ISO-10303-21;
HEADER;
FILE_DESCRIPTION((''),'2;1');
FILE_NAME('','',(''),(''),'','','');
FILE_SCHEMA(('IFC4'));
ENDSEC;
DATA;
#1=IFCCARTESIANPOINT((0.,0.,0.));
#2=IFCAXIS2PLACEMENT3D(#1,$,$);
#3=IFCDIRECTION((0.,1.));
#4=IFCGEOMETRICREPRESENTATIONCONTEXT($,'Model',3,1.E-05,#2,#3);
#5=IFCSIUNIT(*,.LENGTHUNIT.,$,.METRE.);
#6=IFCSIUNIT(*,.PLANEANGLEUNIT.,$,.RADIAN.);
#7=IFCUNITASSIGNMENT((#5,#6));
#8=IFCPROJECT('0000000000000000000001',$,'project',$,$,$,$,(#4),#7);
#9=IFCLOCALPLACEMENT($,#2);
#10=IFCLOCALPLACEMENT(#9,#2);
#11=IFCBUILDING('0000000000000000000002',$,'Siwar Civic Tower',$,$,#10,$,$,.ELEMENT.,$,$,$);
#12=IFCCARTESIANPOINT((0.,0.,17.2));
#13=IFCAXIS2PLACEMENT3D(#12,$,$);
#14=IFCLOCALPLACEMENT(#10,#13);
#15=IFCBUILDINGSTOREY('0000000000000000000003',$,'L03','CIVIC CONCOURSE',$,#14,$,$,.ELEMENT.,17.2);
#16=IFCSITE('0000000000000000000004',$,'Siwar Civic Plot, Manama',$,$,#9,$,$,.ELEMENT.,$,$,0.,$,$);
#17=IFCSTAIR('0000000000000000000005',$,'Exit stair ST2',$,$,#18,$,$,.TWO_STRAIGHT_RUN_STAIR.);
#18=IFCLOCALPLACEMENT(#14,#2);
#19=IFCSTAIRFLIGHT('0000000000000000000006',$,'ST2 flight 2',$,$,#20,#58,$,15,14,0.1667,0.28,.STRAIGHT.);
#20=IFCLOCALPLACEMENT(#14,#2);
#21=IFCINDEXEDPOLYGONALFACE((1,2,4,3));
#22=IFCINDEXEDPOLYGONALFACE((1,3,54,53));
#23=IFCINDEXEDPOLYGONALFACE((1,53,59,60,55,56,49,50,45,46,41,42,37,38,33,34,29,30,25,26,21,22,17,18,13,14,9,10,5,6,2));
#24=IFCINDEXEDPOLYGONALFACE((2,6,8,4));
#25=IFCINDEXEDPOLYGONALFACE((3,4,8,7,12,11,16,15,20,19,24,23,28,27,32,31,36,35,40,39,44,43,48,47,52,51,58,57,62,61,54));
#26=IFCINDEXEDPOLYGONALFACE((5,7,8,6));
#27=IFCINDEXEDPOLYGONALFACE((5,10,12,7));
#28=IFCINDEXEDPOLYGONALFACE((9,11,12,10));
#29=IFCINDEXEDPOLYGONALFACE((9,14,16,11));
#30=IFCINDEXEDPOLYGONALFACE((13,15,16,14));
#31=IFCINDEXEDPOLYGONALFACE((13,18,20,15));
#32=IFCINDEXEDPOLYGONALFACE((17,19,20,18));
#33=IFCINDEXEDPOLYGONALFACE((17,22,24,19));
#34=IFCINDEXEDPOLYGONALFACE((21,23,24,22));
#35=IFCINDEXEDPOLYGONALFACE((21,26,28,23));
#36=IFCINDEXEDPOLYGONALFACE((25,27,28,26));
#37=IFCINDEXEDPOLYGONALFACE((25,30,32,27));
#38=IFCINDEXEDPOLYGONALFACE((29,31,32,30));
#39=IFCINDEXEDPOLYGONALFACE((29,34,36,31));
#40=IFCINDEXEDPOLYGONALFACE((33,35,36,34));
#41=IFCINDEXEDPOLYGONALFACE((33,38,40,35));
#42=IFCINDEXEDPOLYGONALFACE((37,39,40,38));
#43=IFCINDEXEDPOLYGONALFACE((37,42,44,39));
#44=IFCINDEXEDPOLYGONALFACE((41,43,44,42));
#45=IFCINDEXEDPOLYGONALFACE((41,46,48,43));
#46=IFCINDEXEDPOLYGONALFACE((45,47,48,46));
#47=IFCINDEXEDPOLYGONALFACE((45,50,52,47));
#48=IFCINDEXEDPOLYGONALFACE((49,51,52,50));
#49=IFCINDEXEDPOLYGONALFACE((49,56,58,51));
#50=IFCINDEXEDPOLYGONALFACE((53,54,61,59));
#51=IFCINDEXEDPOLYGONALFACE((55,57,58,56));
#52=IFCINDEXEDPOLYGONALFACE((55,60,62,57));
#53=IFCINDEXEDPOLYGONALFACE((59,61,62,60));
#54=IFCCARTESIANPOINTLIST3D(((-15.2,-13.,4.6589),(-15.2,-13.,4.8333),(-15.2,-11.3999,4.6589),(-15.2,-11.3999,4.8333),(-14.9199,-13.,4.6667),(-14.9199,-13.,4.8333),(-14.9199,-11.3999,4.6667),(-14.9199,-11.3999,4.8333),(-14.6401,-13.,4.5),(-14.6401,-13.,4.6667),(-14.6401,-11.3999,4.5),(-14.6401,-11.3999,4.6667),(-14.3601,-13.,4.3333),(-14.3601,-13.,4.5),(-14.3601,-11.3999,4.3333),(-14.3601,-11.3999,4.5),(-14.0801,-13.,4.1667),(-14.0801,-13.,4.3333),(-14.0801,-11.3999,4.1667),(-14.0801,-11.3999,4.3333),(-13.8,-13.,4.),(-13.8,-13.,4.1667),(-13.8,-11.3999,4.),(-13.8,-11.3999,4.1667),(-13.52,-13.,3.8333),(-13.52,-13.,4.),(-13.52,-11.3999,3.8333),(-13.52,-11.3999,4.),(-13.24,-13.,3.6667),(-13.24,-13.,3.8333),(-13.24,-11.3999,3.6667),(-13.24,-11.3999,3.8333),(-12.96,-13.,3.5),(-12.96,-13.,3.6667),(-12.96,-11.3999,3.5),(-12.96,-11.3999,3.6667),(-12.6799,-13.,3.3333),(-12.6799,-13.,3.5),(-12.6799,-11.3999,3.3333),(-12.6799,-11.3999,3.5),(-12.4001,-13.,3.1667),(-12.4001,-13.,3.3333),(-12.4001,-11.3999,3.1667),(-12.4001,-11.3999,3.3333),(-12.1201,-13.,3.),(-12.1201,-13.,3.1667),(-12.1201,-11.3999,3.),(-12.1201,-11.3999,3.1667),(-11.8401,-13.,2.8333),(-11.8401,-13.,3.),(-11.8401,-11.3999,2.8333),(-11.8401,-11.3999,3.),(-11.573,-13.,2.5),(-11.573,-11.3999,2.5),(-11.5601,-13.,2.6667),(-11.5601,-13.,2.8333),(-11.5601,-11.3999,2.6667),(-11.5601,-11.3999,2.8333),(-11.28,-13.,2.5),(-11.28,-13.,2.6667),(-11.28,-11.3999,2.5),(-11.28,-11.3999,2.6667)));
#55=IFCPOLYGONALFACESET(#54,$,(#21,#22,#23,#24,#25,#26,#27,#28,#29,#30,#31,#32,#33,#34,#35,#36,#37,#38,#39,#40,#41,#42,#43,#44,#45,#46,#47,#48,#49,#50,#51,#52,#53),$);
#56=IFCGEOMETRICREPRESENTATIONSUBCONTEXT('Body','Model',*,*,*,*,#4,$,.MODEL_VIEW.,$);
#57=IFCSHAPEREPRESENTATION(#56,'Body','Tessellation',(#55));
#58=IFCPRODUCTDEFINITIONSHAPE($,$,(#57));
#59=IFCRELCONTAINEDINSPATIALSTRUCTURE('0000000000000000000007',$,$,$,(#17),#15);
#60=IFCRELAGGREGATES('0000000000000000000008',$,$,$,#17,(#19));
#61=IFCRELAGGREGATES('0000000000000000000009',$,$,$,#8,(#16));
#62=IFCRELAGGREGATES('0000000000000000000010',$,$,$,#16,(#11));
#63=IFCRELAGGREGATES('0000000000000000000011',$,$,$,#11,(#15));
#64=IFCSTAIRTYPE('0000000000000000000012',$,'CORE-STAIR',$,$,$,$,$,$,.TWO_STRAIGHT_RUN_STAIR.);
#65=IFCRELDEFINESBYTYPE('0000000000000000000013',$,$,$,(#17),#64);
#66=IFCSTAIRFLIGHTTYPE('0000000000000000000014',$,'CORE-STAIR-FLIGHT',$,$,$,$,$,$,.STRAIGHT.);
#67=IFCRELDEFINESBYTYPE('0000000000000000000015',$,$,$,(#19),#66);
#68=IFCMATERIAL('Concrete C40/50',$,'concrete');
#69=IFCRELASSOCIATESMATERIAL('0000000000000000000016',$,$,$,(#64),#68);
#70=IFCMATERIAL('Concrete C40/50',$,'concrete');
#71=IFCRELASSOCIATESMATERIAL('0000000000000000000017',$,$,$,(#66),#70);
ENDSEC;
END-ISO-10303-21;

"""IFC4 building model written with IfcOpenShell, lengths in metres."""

from ifc_helpers import new_model, si_unit, direction, frame, origin, place, context, subcontext, project, spatial, polyline, outline, extrude, material, type_object, element, aggregate, save


model = new_model("IFC4")

# Units and contexts
model_context = context("Model", 3, precision=1e-05, world=origin(), true_north=direction((0.0, 1.0)))
body_context = subcontext(model_context, "Body", "Model", "MODEL_VIEW")
ifc_project = project(units=[si_unit("LENGTHUNIT", "METRE"), si_unit("PLANEANGLEUNIT", "RADIAN")], contexts=[model_context])

# Site, building, storey
site_placement = place(None, origin())
site = spatial("IfcSite", under=ifc_project, at=site_placement, Name="Siwar Civic Plot, Manama", CompositionType="ELEMENT", RefElevation=0.0)
building_placement = place(site_placement, origin())
building = spatial("IfcBuilding", under=site, at=building_placement, Name="Siwar Civic Tower", CompositionType="ELEMENT")
storey_placement = place(building_placement, frame((0.0, 0.0, 17.2)))
storey = spatial("IfcBuildingStorey", under=building, at=storey_placement, Name="L03", Description="CIVIC CONCOURSE", CompositionType="ELEMENT", Elevation=17.2)

# Stair, stair flight
ifc_material_1 = material(Name="Concrete C40/50", Category="concrete")
stair_type = type_object("IfcStairType", Name="CORE-STAIR", PredefinedType="TWO_STRAIGHT_RUN_STAIR", material=ifc_material_1)
stair_placement = place(storey_placement, origin())
stair = element("IfcStair", 1, at=stair_placement, inside=storey, type_object=stair_type, Name="Exit stair ST2", PredefinedType="TWO_STRAIGHT_RUN_STAIR")
ifc_material_2 = material(Name="Concrete C40/50", Category="concrete")
stair_flight_type = type_object("IfcStairFlightType", Name="CORE-STAIR-FLIGHT", PredefinedType="STRAIGHT", material=ifc_material_2)
stair_flight_placement = place(storey_placement, frame((-11.28, -12.2, 2.5), z_axis=(0.0, 0.0, 1.0), x_axis=(-1.0, 0.0, 0.0)))
stair_flight = element("IfcStairFlight", 2, at=stair_flight_placement, type_object=stair_flight_type, Name="ST2 flight 2", NumberOfRisers=15, NumberOfTreads=14, PredefinedType="STRAIGHT", RiserHeight=0.1667, TreadLength=0.28, context=body_context, shape_type="SweptSolid", body=[
    extrude(outline(polyline([(0.0, 0.0), (0.0, 0.1667), (0.28, 0.1667), (0.28, 0.3333), (0.5601, 0.3333), (0.5601, 0.5), (0.8401, 0.5), (0.8401, 0.6667), (1.1201, 0.6667), (1.1201, 0.8333), (1.3999, 0.8333), (1.3999, 1.0), (1.6799, 1.0), (1.6799, 1.1667), (1.96, 1.1667), (1.96, 1.3333), (2.24, 1.3333), (2.24, 1.5), (2.52, 1.5), (2.52, 1.6667), (2.8, 1.6667), (2.8, 1.8333), (3.0801, 1.8333), (3.0801, 2.0), (3.3601, 2.0), (3.3601, 2.1667), (3.6399, 2.1667), (3.6399, 2.3333), (3.9199, 2.3333), (3.9199, 2.5), (3.9199, 2.1589), (0.293, 0.0), (0.0, 0.0)])), frame((0.0, 0.8, 0.0), z_axis=(0.0, -1.0, 0.0), x_axis=(1.0, 0.0, 0.0)), (0.0, 0.0, 1.0), 1.6001),
])
aggregate(stair, [stair_flight])

save(model, "model.ifc")
